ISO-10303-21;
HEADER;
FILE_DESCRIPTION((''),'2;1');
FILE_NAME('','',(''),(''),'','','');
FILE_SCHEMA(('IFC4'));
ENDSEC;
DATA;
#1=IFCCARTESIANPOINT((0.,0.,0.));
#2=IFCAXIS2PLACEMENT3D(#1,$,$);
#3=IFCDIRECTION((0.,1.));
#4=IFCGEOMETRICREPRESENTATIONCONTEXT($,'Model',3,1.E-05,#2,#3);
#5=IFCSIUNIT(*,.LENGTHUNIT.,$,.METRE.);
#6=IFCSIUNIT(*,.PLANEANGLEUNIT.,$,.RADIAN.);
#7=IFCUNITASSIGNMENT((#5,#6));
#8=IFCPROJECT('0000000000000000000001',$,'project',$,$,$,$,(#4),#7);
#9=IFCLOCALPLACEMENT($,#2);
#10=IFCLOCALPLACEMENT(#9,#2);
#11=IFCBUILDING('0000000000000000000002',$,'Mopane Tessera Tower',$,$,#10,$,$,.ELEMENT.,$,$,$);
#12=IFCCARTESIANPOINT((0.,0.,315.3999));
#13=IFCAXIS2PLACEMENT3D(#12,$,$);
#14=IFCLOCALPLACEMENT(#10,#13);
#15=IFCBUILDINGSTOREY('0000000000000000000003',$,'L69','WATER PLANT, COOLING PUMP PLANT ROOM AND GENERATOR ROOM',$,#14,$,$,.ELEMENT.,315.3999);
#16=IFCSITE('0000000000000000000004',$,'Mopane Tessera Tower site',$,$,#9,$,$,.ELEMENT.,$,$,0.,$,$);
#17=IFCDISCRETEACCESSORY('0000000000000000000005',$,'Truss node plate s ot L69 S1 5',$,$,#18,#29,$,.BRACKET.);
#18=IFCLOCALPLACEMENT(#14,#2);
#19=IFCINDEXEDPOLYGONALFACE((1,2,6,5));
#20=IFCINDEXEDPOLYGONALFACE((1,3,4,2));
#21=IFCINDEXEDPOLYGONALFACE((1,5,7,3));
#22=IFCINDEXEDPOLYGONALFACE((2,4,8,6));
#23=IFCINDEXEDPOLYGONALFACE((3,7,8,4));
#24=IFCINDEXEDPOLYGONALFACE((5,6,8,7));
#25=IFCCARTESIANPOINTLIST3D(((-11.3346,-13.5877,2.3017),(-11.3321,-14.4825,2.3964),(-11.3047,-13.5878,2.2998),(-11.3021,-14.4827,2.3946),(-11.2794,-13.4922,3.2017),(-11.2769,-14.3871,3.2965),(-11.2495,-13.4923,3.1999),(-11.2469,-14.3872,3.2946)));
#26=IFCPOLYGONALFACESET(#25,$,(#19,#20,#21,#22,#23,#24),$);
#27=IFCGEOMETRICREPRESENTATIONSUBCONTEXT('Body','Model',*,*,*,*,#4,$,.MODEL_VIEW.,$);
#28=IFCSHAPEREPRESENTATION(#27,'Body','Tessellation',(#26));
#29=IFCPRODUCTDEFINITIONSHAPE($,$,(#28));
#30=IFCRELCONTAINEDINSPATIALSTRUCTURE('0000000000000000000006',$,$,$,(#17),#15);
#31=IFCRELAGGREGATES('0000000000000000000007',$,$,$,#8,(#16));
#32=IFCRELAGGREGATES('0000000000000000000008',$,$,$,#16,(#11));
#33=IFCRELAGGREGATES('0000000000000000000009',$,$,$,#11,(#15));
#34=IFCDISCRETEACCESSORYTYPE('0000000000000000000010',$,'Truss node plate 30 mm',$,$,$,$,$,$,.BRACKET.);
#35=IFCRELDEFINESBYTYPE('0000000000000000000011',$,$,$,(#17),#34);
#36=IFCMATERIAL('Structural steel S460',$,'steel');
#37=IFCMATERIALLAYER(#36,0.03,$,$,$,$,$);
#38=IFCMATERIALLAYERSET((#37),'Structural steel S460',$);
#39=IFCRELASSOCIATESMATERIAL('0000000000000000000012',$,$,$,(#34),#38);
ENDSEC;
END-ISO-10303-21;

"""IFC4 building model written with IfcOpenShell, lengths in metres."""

from ifc_helpers import new_model, si_unit, direction, frame, origin, origin_2d, place, context, subcontext, project, spatial, rectangle, extrude, material, layer, layer_set, type_object, element, save


model = new_model("IFC4")

# Units and contexts
model_context = context("Model", 3, precision=1e-05, world=origin(), true_north=direction((0.0, 1.0)))
body_context = subcontext(model_context, "Body", "Model", "MODEL_VIEW")
ifc_project = project(units=[si_unit("LENGTHUNIT", "METRE"), si_unit("PLANEANGLEUNIT", "RADIAN")], contexts=[model_context])

# Site, building, storey
site_placement = place(None, origin())
site = spatial("IfcSite", under=ifc_project, at=site_placement, Name="Mopane Tessera Tower site", CompositionType="ELEMENT", RefElevation=0.0)
building_placement = place(site_placement, origin())
building = spatial("IfcBuilding", under=site, at=building_placement, Name="Mopane Tessera Tower", CompositionType="ELEMENT")
storey_placement = place(building_placement, frame((0.0, 0.0, 315.3999)))
storey = spatial("IfcBuildingStorey", under=building, at=storey_placement, Name="L69", Description="WATER PLANT, COOLING PUMP PLANT ROOM AND GENERATOR ROOM", CompositionType="ELEMENT", Elevation=315.3999)

# Discrete accessory
ifc_material_1 = material(Name="Structural steel S460", Category="steel")
ifc_layer_1 = layer(ifc_material_1, 0.03)
ifc_layer_set_1 = layer_set([ifc_layer_1], Name="Structural steel S460")
discrete_accessory_type = type_object("IfcDiscreteAccessoryType", Name="Truss node plate 30 mm", PredefinedType="BRACKET", material=ifc_layer_set_1)
discrete_accessory_1_placement = place(storey_placement, frame((-11.3184, -14.0352, 2.3481), z_axis=(0.060858, 0.10529, 0.992578), x_axis=(0.998142, -0.003579, -0.06082)))
element("IfcDiscreteAccessory", 1, at=discrete_accessory_1_placement, inside=storey, type_object=discrete_accessory_type, Name="Truss node plate s ot L69 S1 5", PredefinedType="BRACKET", context=body_context, shape_type="SweptSolid", body=[
    extrude(rectangle(XDim=0.03, YDim=0.8999, at=origin_2d()), origin(), (0.0, 0.0, 1.0), 0.9067),
])

save(model, "model.ifc")
